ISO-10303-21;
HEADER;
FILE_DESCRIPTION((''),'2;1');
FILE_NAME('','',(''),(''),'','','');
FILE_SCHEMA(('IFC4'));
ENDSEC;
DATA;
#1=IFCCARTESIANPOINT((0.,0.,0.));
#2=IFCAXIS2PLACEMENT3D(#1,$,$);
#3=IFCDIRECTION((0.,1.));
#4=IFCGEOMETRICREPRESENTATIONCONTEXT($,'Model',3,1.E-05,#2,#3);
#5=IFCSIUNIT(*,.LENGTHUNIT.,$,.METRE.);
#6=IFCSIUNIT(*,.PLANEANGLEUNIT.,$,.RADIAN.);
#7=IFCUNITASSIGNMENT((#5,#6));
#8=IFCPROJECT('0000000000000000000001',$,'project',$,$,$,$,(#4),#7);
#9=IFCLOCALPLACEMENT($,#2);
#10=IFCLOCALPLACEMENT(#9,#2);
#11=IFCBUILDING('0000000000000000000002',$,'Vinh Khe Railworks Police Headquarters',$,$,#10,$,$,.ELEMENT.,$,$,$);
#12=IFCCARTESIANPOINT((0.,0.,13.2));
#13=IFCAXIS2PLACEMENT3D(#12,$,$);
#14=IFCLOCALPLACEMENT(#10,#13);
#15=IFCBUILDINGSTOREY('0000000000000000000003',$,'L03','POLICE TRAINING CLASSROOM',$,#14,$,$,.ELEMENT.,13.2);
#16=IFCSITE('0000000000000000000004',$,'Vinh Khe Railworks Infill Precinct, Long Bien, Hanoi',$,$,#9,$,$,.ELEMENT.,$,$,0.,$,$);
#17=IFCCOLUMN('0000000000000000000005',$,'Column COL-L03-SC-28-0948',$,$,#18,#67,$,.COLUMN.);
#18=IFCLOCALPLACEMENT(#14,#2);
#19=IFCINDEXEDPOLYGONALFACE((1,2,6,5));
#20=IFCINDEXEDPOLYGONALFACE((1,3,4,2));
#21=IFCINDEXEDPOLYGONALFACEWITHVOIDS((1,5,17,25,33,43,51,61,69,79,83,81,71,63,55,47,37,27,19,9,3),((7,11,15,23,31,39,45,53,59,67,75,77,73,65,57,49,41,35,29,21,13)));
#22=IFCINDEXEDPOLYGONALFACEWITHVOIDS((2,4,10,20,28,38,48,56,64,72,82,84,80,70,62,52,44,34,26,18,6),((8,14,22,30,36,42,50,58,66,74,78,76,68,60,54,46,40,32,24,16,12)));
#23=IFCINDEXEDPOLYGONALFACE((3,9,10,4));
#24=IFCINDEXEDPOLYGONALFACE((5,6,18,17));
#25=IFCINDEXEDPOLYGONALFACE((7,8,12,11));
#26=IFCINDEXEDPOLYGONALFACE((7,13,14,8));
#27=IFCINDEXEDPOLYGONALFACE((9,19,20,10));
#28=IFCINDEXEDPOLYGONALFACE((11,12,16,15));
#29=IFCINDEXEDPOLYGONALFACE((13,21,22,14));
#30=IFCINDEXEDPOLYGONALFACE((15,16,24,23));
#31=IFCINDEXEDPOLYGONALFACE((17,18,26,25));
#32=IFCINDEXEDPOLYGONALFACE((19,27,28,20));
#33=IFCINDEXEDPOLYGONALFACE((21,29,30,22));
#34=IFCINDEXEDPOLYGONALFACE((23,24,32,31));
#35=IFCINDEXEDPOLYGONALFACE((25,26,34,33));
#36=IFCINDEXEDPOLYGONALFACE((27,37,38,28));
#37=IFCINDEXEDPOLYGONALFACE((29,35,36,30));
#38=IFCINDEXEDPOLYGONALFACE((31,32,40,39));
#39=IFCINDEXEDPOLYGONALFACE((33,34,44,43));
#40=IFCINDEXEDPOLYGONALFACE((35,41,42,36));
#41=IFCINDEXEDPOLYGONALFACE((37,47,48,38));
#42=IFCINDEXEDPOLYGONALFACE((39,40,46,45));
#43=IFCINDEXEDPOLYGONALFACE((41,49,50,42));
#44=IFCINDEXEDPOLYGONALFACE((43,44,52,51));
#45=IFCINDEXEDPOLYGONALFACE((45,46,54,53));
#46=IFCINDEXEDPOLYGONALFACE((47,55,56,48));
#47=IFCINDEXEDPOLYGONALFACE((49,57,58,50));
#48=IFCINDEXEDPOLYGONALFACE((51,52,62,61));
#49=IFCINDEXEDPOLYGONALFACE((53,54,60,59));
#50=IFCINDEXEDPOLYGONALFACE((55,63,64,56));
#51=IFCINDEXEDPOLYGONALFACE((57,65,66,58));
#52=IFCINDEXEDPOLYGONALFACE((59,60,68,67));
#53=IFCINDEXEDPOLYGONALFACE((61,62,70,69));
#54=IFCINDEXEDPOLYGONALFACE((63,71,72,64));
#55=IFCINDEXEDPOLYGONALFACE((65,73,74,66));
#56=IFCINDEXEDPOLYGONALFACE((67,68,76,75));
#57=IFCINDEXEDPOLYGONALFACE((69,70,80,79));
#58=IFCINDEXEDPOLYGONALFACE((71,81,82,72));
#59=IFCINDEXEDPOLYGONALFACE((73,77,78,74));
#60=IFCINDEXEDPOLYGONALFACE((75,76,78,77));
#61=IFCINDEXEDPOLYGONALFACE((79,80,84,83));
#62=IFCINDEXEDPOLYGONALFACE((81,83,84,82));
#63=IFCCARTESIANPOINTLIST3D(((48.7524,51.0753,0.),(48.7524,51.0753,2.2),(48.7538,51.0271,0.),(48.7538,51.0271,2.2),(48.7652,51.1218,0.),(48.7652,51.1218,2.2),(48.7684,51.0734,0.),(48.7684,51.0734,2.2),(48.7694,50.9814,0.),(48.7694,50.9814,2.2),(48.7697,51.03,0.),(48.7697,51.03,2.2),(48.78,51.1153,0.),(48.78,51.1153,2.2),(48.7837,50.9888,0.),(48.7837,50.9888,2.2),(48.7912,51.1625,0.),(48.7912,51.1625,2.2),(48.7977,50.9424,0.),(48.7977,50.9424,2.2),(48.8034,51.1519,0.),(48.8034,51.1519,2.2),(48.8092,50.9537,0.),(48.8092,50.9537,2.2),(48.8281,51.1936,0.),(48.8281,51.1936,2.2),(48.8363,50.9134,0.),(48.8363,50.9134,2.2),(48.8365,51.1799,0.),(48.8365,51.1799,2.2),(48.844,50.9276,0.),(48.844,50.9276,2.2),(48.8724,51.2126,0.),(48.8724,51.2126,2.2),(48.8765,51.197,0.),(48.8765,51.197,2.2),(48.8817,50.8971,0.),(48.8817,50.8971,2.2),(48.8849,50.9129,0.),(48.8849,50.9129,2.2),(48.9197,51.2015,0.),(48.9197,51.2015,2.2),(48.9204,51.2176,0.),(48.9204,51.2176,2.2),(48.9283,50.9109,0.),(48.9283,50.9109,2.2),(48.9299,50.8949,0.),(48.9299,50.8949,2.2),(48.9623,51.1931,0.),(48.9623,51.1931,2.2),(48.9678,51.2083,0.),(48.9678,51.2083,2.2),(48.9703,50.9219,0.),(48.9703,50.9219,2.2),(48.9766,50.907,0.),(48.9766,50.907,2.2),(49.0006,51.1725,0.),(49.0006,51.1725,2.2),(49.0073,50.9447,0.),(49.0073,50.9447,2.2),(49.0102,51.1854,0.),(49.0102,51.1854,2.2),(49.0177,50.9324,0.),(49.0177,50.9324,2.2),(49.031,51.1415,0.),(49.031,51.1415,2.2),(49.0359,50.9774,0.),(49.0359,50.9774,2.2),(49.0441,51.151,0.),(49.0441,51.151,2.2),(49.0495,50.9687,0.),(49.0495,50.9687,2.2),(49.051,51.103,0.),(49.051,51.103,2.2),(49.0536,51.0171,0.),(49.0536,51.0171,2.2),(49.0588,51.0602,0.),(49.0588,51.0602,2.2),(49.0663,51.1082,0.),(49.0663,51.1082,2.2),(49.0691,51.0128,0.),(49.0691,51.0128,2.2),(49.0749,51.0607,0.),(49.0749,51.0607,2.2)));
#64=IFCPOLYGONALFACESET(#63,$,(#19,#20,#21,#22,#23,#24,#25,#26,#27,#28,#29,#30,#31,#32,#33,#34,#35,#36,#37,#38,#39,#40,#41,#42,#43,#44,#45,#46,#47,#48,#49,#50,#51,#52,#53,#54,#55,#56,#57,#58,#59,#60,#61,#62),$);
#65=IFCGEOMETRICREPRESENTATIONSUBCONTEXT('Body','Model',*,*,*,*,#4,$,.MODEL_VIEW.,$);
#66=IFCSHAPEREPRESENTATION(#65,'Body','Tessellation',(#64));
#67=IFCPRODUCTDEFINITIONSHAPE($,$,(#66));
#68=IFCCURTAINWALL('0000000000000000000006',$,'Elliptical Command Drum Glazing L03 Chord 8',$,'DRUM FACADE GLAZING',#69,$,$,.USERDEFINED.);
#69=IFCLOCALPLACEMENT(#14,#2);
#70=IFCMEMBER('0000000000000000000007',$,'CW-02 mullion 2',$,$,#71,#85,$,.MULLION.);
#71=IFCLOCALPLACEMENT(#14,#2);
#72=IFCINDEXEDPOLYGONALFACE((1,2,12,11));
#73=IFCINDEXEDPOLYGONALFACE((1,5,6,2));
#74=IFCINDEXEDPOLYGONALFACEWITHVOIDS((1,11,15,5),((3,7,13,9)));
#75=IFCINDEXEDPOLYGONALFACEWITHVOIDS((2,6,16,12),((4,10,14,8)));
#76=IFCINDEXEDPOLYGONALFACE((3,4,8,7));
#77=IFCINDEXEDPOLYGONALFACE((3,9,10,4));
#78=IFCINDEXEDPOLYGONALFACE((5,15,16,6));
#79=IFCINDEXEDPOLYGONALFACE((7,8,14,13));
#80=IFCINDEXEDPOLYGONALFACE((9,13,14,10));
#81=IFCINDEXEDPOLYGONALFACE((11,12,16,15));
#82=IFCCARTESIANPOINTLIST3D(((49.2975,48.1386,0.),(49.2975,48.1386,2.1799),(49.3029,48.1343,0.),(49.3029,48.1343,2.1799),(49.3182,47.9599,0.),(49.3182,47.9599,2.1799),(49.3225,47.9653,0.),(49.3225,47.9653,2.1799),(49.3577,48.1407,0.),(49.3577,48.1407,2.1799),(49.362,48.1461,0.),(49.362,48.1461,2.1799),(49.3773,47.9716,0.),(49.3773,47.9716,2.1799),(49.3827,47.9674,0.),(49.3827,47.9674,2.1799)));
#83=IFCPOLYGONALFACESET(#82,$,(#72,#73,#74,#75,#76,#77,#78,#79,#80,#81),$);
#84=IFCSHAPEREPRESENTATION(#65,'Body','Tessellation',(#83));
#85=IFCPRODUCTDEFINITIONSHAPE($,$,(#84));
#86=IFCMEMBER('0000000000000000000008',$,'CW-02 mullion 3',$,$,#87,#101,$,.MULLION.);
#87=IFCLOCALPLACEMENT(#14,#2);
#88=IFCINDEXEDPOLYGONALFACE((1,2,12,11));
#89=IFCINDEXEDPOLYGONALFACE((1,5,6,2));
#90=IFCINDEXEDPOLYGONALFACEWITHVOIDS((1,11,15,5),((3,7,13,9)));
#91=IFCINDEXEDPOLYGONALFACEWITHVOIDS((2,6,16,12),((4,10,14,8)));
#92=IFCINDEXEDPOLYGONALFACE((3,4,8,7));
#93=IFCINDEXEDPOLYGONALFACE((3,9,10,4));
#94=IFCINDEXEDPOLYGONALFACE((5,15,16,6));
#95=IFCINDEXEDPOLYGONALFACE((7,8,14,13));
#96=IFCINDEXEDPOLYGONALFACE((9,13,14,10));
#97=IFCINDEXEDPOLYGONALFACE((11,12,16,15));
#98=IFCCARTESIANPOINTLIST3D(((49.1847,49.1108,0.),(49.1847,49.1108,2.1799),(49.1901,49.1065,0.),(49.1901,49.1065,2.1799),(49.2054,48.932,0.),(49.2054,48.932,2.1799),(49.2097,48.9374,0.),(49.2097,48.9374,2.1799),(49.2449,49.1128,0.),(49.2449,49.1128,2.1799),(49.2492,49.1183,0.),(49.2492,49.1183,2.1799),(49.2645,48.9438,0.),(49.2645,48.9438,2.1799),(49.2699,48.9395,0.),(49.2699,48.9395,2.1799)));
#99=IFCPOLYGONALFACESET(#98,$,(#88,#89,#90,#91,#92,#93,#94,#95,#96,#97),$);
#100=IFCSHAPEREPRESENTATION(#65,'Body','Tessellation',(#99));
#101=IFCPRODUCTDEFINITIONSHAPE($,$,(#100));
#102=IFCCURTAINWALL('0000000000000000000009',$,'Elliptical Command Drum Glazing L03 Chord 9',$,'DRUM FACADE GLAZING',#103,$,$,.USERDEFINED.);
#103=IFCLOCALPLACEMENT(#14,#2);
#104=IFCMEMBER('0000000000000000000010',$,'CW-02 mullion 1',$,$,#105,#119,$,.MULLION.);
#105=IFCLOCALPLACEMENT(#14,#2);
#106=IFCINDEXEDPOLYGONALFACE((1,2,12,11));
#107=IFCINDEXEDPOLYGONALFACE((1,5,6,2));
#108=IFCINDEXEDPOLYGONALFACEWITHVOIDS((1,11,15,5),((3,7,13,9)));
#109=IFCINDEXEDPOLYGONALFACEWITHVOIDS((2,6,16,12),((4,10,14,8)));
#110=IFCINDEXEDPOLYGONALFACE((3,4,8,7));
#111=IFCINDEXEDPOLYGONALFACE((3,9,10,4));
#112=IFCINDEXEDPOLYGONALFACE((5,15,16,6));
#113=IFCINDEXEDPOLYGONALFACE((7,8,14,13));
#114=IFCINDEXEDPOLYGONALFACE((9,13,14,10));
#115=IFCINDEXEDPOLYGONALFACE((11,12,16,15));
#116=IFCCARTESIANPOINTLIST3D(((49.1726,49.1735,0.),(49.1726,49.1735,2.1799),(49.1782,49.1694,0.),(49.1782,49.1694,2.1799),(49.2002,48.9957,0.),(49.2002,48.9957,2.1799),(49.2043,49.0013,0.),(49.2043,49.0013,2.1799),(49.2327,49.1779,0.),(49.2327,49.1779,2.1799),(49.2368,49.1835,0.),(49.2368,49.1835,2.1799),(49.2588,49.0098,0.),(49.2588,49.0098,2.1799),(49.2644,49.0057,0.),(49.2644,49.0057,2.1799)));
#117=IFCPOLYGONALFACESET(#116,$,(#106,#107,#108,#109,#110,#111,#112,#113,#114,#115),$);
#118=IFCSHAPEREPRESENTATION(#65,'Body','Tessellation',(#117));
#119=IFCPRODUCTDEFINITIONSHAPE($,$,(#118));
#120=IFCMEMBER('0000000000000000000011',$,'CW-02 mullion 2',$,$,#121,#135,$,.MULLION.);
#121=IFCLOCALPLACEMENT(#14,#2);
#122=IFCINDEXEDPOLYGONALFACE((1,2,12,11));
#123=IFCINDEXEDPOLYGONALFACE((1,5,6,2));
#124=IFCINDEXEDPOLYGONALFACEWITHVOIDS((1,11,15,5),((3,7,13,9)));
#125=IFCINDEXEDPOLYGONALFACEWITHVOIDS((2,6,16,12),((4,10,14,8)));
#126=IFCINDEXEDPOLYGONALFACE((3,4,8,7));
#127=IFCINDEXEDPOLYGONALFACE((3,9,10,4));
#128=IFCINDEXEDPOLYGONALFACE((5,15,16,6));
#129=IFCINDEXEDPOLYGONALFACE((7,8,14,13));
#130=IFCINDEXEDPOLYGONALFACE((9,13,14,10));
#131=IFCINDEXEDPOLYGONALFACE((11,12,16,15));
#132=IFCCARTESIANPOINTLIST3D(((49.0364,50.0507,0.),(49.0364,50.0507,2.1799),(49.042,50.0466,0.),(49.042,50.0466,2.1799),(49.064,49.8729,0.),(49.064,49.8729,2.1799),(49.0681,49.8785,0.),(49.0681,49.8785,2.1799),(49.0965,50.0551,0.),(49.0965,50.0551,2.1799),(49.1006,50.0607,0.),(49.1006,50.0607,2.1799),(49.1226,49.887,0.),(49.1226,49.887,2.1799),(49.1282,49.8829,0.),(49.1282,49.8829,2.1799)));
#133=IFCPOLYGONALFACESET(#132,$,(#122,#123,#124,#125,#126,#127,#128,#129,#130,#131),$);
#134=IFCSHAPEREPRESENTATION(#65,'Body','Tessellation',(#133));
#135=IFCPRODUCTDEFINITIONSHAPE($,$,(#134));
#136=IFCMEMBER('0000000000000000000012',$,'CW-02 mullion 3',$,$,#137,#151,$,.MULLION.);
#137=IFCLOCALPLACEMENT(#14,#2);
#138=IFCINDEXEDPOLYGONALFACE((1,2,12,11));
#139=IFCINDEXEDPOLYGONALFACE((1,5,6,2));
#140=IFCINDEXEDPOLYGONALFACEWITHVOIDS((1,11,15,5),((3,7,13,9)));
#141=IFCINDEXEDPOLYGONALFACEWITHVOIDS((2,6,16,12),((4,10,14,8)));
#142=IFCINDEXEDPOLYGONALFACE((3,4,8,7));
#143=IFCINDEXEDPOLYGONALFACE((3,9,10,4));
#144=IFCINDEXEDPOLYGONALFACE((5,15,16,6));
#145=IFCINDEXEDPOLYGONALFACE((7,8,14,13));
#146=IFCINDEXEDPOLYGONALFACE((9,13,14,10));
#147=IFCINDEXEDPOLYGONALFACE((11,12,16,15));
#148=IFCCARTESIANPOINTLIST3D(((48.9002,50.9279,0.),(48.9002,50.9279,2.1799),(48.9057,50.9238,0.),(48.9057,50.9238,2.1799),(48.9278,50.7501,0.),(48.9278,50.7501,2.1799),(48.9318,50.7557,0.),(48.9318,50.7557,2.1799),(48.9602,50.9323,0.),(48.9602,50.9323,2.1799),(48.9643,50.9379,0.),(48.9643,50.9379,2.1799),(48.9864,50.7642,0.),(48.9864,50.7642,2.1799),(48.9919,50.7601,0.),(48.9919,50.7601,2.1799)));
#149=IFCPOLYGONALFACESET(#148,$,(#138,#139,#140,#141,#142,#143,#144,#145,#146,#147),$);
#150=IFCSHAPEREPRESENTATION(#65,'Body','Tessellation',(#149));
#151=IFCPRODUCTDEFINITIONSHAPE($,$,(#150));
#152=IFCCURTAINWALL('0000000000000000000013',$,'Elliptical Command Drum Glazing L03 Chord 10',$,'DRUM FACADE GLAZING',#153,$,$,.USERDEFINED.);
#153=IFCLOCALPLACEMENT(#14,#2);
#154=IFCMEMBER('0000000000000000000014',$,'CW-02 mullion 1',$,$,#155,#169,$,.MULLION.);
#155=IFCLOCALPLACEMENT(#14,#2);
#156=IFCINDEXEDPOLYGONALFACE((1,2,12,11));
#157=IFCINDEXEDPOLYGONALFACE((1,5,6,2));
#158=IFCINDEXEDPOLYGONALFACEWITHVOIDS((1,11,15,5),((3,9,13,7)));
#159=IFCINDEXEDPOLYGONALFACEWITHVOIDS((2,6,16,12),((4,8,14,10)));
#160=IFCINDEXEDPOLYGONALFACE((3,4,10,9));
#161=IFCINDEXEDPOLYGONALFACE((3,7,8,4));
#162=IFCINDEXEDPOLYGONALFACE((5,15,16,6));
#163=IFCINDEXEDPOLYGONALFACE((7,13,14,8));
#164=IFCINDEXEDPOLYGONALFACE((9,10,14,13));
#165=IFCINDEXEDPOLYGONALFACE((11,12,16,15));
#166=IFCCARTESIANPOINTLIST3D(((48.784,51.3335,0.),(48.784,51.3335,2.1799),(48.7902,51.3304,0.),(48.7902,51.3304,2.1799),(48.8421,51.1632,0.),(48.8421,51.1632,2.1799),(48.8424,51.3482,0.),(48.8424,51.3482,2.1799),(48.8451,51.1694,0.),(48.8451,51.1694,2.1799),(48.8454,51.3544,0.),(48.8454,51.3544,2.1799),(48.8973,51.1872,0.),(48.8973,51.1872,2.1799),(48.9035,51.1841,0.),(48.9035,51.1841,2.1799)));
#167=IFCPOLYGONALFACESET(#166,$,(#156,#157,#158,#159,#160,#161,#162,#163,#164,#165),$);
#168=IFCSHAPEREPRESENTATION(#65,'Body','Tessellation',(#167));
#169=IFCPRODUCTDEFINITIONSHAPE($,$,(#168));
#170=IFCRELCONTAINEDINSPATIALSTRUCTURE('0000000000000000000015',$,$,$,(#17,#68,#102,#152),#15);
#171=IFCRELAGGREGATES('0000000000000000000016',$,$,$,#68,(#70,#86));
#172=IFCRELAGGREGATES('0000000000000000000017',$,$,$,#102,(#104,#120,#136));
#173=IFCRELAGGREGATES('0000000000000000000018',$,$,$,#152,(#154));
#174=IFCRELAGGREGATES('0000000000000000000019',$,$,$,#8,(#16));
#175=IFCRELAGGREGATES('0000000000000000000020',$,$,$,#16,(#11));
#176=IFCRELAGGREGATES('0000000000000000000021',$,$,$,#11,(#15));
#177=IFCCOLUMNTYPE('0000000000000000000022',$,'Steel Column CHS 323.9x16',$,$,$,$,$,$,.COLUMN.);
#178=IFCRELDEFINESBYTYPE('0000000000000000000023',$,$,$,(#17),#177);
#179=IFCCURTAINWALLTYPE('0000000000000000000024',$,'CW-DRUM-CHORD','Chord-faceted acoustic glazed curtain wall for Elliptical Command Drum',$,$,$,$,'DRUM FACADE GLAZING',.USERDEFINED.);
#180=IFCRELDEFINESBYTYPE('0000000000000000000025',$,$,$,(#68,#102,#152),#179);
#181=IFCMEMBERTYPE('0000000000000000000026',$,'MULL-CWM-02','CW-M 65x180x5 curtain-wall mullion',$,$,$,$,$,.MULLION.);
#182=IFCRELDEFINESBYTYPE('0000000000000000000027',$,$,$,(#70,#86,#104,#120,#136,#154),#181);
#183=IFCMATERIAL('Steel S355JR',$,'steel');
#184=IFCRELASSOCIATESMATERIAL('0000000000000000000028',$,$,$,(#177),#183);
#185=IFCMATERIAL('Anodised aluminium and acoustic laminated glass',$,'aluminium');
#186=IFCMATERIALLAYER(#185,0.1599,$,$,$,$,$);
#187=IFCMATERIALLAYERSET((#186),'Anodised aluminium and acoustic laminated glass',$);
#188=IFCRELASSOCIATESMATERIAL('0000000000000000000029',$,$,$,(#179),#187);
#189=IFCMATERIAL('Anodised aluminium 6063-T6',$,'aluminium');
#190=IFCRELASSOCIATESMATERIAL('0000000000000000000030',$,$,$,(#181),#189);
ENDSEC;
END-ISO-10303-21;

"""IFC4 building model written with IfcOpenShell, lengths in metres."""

from ifc_helpers import new_model, si_unit, direction, frame, origin, origin_2d, place, context, subcontext, project, spatial, hollow_rectangle, hollow_circle, extrude, material, layer, layer_set, material_profile, profile_set, type_object, element, aggregate, save


model = new_model("IFC4")

# Units and contexts
model_context = context("Model", 3, precision=1e-05, world=origin(), true_north=direction((0.0, 1.0)))
body_context = subcontext(model_context, "Body", "Model", "MODEL_VIEW")
ifc_project = project(units=[si_unit("LENGTHUNIT", "METRE"), si_unit("PLANEANGLEUNIT", "RADIAN")], contexts=[model_context])

# Site, building, storey
site_placement = place(None, origin())
site = spatial("IfcSite", under=ifc_project, at=site_placement, Name="Vinh Khe Railworks Infill Precinct, Long Bien, Hanoi", CompositionType="ELEMENT", RefElevation=0.0)
building_placement = place(site_placement, origin())
building = spatial("IfcBuilding", under=site, at=building_placement, Name="Vinh Khe Railworks Police Headquarters", CompositionType="ELEMENT")
storey_placement = place(building_placement, frame((0.0, 0.0, 13.2)))
storey = spatial("IfcBuildingStorey", under=building, at=storey_placement, Name="L03", Description="POLICE TRAINING CLASSROOM", CompositionType="ELEMENT", Elevation=13.2)

# Column
ifc_material_1 = material(Name="Steel S355JR", Category="steel")
ifc_material_profile_1 = material_profile(ifc_material_1, hollow_circle(Radius=0.1619, WallThickness=0.0161, at=origin_2d()), Name="CHS 323.9x16")
ifc_profile_set_1 = profile_set([ifc_material_profile_1], Name="Steel S355JR")
column_type = type_object("IfcColumnType", Name="Steel Column CHS 323.9x16", PredefinedType="COLUMN", material=ifc_profile_set_1)
column_placement = place(storey_placement, frame((48.9131, 51.0559, 0.0), z_axis=(0.0, 0.0, 1.0), x_axis=(0.94648, 0.322761, 0.0)))
element("IfcColumn", 1, at=column_placement, inside=storey, type_object=column_type, Name="Column COL-L03-SC-28-0948", PredefinedType="COLUMN", context=body_context, shape_type="SweptSolid", body=[
    extrude(hollow_circle(Radius=0.1619, WallThickness=0.0161, at=origin_2d()), origin(), (0.0, 0.0, 1.0), 2.2),
])

# Curtain walls, members
ifc_material_2 = material(Name="Anodised aluminium and acoustic laminated glass", Category="aluminium")
ifc_layer_1 = layer(ifc_material_2, 0.1599)
ifc_layer_set_1 = layer_set([ifc_layer_1], Name="Anodised aluminium and acoustic laminated glass")
curtain_wall_type = type_object("IfcCurtainWallType", Name="CW-DRUM-CHORD", Description="Chord-faceted acoustic glazed curtain wall for Elliptical Command Drum", ElementType="DRUM FACADE GLAZING", PredefinedType="USERDEFINED", material=ifc_layer_set_1)
curtain_wall_1_placement = place(storey_placement, origin())
curtain_wall_1 = element("IfcCurtainWall", 2, at=curtain_wall_1_placement, inside=storey, type_object=curtain_wall_type, Name="Elliptical Command Drum Glazing L03 Chord 8", ObjectType="DRUM FACADE GLAZING", PredefinedType="USERDEFINED")
ifc_material_3 = material(Name="Anodised aluminium 6063-T6", Category="aluminium")
ifc_material_profile_2 = material_profile(ifc_material_3, hollow_rectangle(XDim=0.0649, YDim=0.1799, WallThickness=0.0049, at=origin_2d()), Name="CW-M 65x180x5")
ifc_profile_set_2 = profile_set([ifc_material_profile_2], Name="Anodised aluminium 6063-T6")
member_type_1 = type_object("IfcMemberType", Name="MULL-CWM-02", Description="CW-M 65x180x5 curtain-wall mullion", PredefinedType="MULLION", material=ifc_profile_set_2)
member_1_placement = place(storey_placement, frame((49.3401, 48.053, 0.0), z_axis=(0.0, 0.0, 1.0), x_axis=(-0.993329, -0.115318, 0.0)))
member_1 = element("IfcMember", 3, at=member_1_placement, type_object=member_type_1, Name="CW-02 mullion 2", PredefinedType="MULLION", context=body_context, shape_type="SweptSolid", body=[
    extrude(hollow_rectangle(XDim=0.0649, YDim=0.1799, WallThickness=0.0049, at=origin_2d()), origin(), (0.0, 0.0, 1.0), 2.1799),
])
member_2_placement = place(storey_placement, frame((49.2273, 49.0251, 0.0), z_axis=(0.0, 0.0, 1.0), x_axis=(-0.993329, -0.115318, 0.0)))
member_2 = element("IfcMember", 4, at=member_2_placement, type_object=member_type_1, Name="CW-02 mullion 3", PredefinedType="MULLION", context=body_context, shape_type="SweptSolid", body=[
    extrude(hollow_rectangle(XDim=0.0649, YDim=0.1799, WallThickness=0.0049, at=origin_2d()), origin(), (0.0, 0.0, 1.0), 2.1799),
])
curtain_wall_2_placement = place(storey_placement, origin())
curtain_wall_2 = element("IfcCurtainWall", 5, at=curtain_wall_2_placement, inside=storey, type_object=curtain_wall_type, Name="Elliptical Command Drum Glazing L03 Chord 9", ObjectType="DRUM FACADE GLAZING", PredefinedType="USERDEFINED")
member_3_placement = place(storey_placement, frame((49.2185, 49.0896, 0.0), z_axis=(0.0, 0.0, 1.0), x_axis=(-0.98815, -0.153489, 0.0)))
member_3 = element("IfcMember", 6, at=member_3_placement, type_object=member_type_1, Name="CW-02 mullion 1", PredefinedType="MULLION", context=body_context, shape_type="SweptSolid", body=[
    extrude(hollow_rectangle(XDim=0.0649, YDim=0.1799, WallThickness=0.0049, at=origin_2d()), origin(), (0.0, 0.0, 1.0), 2.1799),
])
member_4_placement = place(storey_placement, frame((49.0823, 49.9668, 0.0), z_axis=(0.0, 0.0, 1.0), x_axis=(-0.98815, -0.153489, 0.0)))
member_4 = element("IfcMember", 7, at=member_4_placement, type_object=member_type_1, Name="CW-02 mullion 2", PredefinedType="MULLION", context=body_context, shape_type="SweptSolid", body=[
    extrude(hollow_rectangle(XDim=0.0649, YDim=0.1799, WallThickness=0.0049, at=origin_2d()), origin(), (0.0, 0.0, 1.0), 2.1799),
])
member_5_placement = place(storey_placement, frame((48.946, 50.844, 0.0), z_axis=(0.0, 0.0, 1.0), x_axis=(-0.98815, -0.153489, 0.0)))
member_5 = element("IfcMember", 8, at=member_5_placement, type_object=member_type_1, Name="CW-02 mullion 3", PredefinedType="MULLION", context=body_context, shape_type="SweptSolid", body=[
    extrude(hollow_rectangle(XDim=0.0649, YDim=0.1799, WallThickness=0.0049, at=origin_2d()), origin(), (0.0, 0.0, 1.0), 2.1799),
])

# Curtain wall, member
curtain_wall_3_placement = place(storey_placement, origin())
curtain_wall_3 = element("IfcCurtainWall", 9, at=curtain_wall_3_placement, inside=storey, type_object=curtain_wall_type, Name="Elliptical Command Drum Glazing L03 Chord 10", ObjectType="DRUM FACADE GLAZING", PredefinedType="USERDEFINED")
member_6_placement = place(storey_placement, frame((48.8438, 51.2588, 0.0), z_axis=(0.0, 0.0, 1.0), x_axis=(-0.946485, -0.322749, 0.0)))
member_6 = element("IfcMember", 10, at=member_6_placement, type_object=member_type_1, Name="CW-02 mullion 1", PredefinedType="MULLION", context=body_context, shape_type="SweptSolid", body=[
    extrude(hollow_rectangle(XDim=0.0649, YDim=0.1799, WallThickness=0.0049, at=origin_2d()), origin(), (0.0, 0.0, 1.0), 2.1799),
])

aggregate(curtain_wall_1, [member_1, member_2])
aggregate(curtain_wall_2, [member_3, member_4, member_5])
aggregate(curtain_wall_3, [member_6])

save(model, "model.ifc")
